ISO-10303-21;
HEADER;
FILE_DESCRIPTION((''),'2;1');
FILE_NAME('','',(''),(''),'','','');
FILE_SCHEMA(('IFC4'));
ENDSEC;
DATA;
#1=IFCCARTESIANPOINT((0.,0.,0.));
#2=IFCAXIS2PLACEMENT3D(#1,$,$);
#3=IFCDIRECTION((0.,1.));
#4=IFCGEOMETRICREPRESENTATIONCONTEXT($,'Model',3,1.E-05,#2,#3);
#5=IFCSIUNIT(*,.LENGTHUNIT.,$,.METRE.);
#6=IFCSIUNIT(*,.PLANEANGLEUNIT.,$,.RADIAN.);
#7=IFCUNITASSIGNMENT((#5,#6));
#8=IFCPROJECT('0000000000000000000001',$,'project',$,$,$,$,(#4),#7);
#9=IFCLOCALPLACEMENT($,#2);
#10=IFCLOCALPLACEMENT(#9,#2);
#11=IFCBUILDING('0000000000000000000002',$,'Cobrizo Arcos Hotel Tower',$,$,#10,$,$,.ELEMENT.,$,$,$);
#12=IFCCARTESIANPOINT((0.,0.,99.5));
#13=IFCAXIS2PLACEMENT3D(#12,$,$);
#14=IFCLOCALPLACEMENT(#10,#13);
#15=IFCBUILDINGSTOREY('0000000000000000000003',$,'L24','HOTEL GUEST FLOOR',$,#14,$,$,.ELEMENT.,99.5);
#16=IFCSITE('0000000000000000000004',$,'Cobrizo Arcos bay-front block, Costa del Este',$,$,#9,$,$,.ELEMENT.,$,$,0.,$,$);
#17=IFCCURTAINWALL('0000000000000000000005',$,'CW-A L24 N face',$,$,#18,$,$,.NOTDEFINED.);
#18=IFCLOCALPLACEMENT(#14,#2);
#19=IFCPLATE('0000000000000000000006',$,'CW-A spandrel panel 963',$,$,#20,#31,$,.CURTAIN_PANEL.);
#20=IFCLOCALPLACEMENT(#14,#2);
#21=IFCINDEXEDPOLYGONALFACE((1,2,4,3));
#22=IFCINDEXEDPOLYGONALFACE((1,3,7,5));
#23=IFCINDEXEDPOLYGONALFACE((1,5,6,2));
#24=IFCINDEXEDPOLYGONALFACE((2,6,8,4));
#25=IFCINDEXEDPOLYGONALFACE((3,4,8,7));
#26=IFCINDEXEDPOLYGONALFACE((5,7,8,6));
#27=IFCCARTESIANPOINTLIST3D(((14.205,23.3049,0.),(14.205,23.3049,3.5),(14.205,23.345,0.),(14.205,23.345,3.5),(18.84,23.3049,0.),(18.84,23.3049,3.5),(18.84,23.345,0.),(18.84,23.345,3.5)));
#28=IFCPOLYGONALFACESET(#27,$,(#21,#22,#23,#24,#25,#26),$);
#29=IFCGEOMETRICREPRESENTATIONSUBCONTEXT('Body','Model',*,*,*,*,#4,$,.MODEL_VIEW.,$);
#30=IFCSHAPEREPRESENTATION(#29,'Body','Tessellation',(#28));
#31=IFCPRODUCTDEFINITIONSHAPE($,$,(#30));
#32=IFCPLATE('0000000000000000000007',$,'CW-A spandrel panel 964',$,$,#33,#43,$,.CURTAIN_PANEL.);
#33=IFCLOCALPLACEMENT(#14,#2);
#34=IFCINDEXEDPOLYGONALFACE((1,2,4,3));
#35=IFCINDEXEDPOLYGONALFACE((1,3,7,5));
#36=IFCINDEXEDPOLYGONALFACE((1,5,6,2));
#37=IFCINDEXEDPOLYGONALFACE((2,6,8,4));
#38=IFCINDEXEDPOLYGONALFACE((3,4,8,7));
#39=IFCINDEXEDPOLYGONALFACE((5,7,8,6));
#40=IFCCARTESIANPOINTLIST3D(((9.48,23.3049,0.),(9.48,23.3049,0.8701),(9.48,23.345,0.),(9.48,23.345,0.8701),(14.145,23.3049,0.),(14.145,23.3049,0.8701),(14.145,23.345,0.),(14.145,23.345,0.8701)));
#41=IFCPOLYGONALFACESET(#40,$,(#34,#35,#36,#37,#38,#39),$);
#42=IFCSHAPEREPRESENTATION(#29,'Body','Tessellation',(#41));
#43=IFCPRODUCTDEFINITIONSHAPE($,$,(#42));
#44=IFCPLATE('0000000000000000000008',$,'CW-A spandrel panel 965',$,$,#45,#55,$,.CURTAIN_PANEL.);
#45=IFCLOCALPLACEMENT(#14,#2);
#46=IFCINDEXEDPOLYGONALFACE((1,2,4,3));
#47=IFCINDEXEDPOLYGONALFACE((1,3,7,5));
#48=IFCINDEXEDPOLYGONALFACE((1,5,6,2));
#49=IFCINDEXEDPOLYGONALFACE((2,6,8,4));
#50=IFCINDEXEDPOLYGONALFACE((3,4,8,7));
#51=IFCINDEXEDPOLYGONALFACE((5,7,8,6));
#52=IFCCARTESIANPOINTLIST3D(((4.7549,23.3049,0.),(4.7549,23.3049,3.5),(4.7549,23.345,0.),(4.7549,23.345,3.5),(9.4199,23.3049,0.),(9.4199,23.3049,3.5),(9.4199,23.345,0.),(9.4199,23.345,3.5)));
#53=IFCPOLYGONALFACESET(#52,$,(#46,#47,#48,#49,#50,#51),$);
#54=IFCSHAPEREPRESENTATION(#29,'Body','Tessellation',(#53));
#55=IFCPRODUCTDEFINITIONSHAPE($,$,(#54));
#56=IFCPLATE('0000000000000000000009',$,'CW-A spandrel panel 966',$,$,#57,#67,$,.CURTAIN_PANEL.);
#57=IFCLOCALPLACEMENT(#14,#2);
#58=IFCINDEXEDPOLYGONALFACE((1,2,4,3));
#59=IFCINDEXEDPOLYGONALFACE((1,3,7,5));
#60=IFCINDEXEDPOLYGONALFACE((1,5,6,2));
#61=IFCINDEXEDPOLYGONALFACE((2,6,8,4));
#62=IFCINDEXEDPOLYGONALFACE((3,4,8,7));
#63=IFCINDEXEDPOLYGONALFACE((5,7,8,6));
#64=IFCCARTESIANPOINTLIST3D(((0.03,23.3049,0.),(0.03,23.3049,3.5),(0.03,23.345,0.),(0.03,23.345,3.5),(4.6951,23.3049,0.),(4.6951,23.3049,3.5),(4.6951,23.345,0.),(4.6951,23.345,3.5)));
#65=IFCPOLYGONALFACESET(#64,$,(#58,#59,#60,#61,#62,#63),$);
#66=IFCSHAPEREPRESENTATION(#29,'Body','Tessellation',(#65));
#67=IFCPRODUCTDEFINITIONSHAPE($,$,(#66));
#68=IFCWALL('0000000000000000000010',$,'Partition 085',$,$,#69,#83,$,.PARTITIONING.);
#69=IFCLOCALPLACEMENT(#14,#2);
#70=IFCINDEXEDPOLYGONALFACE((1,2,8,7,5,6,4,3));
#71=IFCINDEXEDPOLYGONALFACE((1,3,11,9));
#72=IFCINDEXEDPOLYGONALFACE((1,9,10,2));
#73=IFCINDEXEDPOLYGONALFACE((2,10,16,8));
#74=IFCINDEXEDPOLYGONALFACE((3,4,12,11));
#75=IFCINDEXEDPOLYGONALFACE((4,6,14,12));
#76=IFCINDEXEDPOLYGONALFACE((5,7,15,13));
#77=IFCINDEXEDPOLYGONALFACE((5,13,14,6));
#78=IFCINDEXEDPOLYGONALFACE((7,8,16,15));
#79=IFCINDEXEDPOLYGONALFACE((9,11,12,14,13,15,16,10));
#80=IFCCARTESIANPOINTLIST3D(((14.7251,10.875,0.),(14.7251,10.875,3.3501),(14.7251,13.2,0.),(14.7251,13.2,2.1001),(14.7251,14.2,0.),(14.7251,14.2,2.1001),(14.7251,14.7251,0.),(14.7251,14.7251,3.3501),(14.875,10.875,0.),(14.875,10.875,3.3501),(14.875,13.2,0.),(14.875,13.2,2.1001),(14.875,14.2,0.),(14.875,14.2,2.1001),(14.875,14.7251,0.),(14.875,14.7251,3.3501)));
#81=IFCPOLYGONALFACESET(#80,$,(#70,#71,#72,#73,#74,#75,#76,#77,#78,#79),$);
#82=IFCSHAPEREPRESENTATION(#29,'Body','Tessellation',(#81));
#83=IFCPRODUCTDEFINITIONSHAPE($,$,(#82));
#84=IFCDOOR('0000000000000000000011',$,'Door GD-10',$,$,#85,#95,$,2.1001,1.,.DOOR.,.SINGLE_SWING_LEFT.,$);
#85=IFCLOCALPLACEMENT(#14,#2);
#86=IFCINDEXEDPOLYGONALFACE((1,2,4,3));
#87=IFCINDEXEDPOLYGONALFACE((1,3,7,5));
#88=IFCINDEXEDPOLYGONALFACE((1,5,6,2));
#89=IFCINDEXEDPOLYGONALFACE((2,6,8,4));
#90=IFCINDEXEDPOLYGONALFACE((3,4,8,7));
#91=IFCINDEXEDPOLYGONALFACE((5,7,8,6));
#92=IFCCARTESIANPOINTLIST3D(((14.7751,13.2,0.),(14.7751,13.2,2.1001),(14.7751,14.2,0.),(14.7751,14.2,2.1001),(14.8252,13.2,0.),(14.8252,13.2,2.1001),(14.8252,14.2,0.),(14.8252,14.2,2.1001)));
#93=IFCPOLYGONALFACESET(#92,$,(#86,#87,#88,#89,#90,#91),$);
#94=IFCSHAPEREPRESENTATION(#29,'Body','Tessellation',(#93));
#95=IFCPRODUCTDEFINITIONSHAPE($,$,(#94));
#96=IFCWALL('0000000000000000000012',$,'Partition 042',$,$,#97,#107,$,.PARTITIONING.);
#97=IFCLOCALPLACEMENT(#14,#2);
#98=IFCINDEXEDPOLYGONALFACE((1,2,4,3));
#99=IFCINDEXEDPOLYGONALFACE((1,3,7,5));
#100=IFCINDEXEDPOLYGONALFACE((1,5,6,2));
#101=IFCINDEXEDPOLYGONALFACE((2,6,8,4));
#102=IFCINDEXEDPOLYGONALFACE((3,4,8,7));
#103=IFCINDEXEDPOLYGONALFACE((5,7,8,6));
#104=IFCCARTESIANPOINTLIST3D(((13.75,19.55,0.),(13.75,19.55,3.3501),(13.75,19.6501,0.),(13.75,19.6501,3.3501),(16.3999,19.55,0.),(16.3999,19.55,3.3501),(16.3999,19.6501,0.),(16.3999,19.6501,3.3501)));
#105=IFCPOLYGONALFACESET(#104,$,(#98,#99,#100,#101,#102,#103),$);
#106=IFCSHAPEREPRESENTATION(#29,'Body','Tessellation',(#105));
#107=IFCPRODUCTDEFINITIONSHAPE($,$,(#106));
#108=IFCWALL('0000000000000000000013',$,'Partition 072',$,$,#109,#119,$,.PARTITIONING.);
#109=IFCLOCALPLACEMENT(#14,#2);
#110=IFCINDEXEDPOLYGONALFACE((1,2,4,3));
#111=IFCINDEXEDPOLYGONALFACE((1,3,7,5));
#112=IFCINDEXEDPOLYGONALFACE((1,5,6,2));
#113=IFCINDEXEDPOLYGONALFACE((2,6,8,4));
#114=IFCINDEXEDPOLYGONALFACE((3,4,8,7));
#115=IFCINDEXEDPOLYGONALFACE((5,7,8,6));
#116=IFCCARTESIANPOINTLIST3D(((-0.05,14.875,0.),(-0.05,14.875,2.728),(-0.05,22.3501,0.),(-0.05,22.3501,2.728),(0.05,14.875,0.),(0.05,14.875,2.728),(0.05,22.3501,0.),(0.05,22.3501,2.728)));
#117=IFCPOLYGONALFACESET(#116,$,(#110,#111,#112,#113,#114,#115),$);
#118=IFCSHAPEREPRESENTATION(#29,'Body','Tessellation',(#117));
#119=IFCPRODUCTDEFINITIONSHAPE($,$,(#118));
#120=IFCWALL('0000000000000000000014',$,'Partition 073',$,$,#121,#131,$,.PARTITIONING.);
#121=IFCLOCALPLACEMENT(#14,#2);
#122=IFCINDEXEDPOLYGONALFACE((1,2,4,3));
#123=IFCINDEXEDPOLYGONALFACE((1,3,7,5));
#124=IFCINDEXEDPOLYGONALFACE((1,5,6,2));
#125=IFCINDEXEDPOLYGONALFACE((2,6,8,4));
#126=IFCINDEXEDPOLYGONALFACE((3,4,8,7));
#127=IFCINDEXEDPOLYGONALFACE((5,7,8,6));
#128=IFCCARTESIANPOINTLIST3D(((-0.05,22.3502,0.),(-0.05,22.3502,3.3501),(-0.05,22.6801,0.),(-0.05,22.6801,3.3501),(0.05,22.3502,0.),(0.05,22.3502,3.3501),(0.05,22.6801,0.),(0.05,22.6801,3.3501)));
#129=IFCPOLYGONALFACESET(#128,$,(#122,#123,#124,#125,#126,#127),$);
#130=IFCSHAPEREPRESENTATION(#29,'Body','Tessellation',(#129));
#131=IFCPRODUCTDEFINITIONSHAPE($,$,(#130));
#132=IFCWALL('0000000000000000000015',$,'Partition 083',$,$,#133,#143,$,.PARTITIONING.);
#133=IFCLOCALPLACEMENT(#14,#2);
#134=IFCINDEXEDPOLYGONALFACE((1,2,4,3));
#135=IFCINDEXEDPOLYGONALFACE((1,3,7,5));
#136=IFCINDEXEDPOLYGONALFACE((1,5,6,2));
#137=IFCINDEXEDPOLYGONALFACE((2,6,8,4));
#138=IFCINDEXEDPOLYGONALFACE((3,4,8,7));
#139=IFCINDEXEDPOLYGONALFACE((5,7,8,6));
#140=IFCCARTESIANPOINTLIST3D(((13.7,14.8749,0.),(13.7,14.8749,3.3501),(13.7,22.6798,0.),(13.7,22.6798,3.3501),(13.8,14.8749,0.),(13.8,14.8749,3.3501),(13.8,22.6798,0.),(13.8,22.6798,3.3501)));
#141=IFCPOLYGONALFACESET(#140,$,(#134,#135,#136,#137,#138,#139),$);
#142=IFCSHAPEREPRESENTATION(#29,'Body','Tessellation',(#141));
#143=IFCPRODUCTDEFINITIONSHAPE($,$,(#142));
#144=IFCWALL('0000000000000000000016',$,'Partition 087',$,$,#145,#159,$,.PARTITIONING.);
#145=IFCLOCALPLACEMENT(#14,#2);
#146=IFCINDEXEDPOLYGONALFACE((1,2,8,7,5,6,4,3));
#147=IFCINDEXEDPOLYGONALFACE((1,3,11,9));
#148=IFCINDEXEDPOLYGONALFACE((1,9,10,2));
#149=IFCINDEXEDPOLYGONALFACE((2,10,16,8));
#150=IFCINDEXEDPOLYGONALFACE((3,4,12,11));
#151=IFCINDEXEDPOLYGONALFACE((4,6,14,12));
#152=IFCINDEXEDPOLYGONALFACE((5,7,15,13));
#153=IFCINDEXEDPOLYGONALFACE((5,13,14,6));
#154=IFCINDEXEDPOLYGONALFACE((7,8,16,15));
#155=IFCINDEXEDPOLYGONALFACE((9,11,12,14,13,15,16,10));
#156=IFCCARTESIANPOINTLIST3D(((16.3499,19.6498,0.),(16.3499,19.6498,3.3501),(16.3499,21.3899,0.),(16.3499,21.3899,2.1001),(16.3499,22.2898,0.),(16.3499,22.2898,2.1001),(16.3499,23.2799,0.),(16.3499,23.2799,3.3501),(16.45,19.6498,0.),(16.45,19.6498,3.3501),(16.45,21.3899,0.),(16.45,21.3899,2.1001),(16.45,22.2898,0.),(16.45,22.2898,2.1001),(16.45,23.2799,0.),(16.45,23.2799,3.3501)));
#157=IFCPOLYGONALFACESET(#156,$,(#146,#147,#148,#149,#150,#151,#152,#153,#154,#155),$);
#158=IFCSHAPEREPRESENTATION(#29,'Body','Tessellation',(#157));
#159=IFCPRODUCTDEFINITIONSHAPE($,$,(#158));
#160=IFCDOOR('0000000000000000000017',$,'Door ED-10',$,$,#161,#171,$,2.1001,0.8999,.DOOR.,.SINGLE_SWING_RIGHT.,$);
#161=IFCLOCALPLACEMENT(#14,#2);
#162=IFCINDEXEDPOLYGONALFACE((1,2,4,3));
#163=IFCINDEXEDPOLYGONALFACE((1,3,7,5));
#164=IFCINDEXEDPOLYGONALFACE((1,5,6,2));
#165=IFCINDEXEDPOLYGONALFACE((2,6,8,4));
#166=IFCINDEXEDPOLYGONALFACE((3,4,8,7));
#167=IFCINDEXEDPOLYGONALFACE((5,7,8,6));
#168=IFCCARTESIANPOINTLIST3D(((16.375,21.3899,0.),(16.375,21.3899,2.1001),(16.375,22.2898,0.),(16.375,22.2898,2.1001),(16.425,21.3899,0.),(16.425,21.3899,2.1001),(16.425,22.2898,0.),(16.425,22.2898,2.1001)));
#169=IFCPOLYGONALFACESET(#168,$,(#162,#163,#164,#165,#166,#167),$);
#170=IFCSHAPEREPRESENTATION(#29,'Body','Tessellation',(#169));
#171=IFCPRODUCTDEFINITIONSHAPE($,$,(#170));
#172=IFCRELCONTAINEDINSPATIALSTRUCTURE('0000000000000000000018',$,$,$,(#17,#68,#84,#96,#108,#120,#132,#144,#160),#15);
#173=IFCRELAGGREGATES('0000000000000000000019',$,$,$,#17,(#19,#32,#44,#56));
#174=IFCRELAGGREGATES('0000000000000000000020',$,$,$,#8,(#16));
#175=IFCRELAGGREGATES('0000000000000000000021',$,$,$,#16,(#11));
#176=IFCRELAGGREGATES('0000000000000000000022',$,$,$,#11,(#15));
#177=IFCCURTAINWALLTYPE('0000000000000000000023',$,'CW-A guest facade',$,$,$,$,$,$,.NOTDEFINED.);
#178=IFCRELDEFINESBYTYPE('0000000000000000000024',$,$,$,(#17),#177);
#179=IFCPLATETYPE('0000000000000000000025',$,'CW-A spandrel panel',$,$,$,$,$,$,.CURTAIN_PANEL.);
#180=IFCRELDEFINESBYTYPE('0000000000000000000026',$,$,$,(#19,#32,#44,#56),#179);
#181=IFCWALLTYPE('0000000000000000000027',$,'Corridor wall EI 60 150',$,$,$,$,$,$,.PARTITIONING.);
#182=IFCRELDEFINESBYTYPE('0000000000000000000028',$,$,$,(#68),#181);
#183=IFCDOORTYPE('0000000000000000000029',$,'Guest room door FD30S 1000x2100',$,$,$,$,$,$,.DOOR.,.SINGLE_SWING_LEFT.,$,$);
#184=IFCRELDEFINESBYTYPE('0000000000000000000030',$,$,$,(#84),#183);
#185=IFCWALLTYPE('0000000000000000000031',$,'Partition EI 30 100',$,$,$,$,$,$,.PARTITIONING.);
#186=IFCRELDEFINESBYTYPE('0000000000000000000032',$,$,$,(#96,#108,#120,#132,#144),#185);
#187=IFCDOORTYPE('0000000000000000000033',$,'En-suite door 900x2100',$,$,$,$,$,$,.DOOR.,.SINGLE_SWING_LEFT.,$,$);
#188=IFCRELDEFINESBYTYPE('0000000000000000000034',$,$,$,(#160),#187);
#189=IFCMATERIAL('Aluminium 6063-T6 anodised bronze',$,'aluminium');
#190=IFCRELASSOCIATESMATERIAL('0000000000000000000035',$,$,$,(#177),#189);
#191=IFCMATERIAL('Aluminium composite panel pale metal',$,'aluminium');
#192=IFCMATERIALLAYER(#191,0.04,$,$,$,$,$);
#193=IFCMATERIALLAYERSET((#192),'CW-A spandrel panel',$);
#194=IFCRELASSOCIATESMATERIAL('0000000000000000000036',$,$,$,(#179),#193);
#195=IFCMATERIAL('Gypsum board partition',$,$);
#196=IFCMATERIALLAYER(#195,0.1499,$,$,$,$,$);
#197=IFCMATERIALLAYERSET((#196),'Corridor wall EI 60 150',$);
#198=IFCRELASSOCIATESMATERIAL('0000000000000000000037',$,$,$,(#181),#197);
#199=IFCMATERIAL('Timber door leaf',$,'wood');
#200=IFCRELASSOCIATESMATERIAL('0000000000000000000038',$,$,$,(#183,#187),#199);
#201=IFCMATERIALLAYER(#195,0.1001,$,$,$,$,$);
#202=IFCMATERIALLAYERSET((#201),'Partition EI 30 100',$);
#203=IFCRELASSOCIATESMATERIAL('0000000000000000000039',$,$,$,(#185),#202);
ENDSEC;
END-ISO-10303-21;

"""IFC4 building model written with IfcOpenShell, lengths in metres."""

from ifc_helpers import new_model, si_unit, direction, frame, frame_2d, origin, origin_2d, place, context, subcontext, project, spatial, rectangle, extrude, material, layer, layer_set, type_object, element, fill, aggregate, save


model = new_model("IFC4")

# Units and contexts
model_context = context("Model", 3, precision=1e-05, world=origin(), true_north=direction((0.0, 1.0)))
body_context = subcontext(model_context, "Body", "Model", "MODEL_VIEW")
ifc_project = project(units=[si_unit("LENGTHUNIT", "METRE"), si_unit("PLANEANGLEUNIT", "RADIAN")], contexts=[model_context])

# Site, building, storey
site_placement = place(None, origin())
site = spatial("IfcSite", under=ifc_project, at=site_placement, Name="Cobrizo Arcos bay-front block, Costa del Este", CompositionType="ELEMENT", RefElevation=0.0)
building_placement = place(site_placement, origin())
building = spatial("IfcBuilding", under=site, at=building_placement, Name="Cobrizo Arcos Hotel Tower", CompositionType="ELEMENT")
storey_placement = place(building_placement, frame((0.0, 0.0, 99.5)))
storey = spatial("IfcBuildingStorey", under=building, at=storey_placement, Name="L24", Description="HOTEL GUEST FLOOR", CompositionType="ELEMENT", Elevation=99.5)

# Curtain wall
ifc_material_1 = material(Name="Aluminium 6063-T6 anodised bronze", Category="aluminium")
curtain_wall_type = type_object("IfcCurtainWallType", Name="CW-A guest facade", PredefinedType="NOTDEFINED", material=ifc_material_1)
curtain_wall_placement = place(storey_placement, origin())
curtain_wall = element("IfcCurtainWall", 1, at=curtain_wall_placement, inside=storey, type_object=curtain_wall_type, Name="CW-A L24 N face", PredefinedType="NOTDEFINED")

# Plates
ifc_material_2 = material(Name="Aluminium composite panel pale metal", Category="aluminium")
ifc_layer_1 = layer(ifc_material_2, 0.04)
ifc_layer_set_1 = layer_set([ifc_layer_1], Name="CW-A spandrel panel")
plate_type_1 = type_object("IfcPlateType", Name="CW-A spandrel panel", PredefinedType="CURTAIN_PANEL", material=ifc_layer_set_1)
plate_1_placement = place(storey_placement, frame((16.5225, 23.325, 0.0), z_axis=(0.0, 0.0, 1.0), x_axis=(-1.0, 0.0, 0.0)))
plate_1 = element("IfcPlate", 2, at=plate_1_placement, type_object=plate_type_1, Name="CW-A spandrel panel 963", PredefinedType="CURTAIN_PANEL", context=body_context, shape_type="SweptSolid", body=[
    extrude(rectangle(XDim=4.635, YDim=0.04, at=origin_2d()), origin(), (0.0, 0.0, 1.0), 3.5),
])
plate_2_placement = place(storey_placement, frame((11.8125, 23.325, 0.0), z_axis=(0.0, 0.0, 1.0), x_axis=(-1.0, 0.0, 0.0)))
plate_2 = element("IfcPlate", 3, at=plate_2_placement, type_object=plate_type_1, Name="CW-A spandrel panel 964", PredefinedType="CURTAIN_PANEL", context=body_context, shape_type="SweptSolid", body=[
    extrude(rectangle(XDim=4.665, YDim=0.04, at=origin_2d()), origin(), (0.0, 0.0, 1.0), 0.8701),
])
plate_3_placement = place(storey_placement, frame((7.0874, 23.325, 0.0), z_axis=(0.0, 0.0, 1.0), x_axis=(-1.0, 0.0, 0.0)))
plate_3 = element("IfcPlate", 4, at=plate_3_placement, type_object=plate_type_1, Name="CW-A spandrel panel 965", PredefinedType="CURTAIN_PANEL", context=body_context, shape_type="SweptSolid", body=[
    extrude(rectangle(XDim=4.665, YDim=0.04, at=origin_2d()), origin(), (0.0, 0.0, 1.0), 3.5),
])
plate_4_placement = place(storey_placement, frame((2.3625, 23.325, 0.0), z_axis=(0.0, 0.0, 1.0), x_axis=(-1.0, 0.0, 0.0)))
plate_4 = element("IfcPlate", 5, at=plate_4_placement, type_object=plate_type_1, Name="CW-A spandrel panel 966", PredefinedType="CURTAIN_PANEL", context=body_context, shape_type="SweptSolid", body=[
    extrude(rectangle(XDim=4.665, YDim=0.04, at=origin_2d()), origin(), (0.0, 0.0, 1.0), 3.5),
])
aggregate(curtain_wall, [plate_1, plate_2, plate_3, plate_4])

# Wall, opening, door
ifc_material_3 = material(Name="Gypsum board partition")
ifc_layer_2 = layer(ifc_material_3, 0.1499)
ifc_layer_set_2 = layer_set([ifc_layer_2], Name="Corridor wall EI 60 150")
wall_type_1 = type_object("IfcWallType", Name="Corridor wall EI 60 150", PredefinedType="PARTITIONING", material=ifc_layer_set_2)
wall_1_placement = place(storey_placement, frame((14.8, 10.875, 0.0), z_axis=(0.0, 0.0, 1.0), x_axis=(0.0, 1.0, 0.0)))
wall_1 = element("IfcWall", 6, at=wall_1_placement, inside=storey, type_object=wall_type_1, Name="Partition 085", PredefinedType="PARTITIONING", context=body_context, shape_type="SweptSolid", body=[
    extrude(rectangle(XDim=3.8501, YDim=0.1499, at=frame_2d((1.925, 0.0))), origin(), (0.0, 0.0, 1.0), 3.3501),
])
opening_1_placement = place(wall_1_placement, frame((2.325, 0.0, 0.0)))
opening_1 = element("IfcOpeningElement", 7, at=opening_1_placement, cuts=wall_1, PredefinedType="OPENING", context=body_context, shape_type="SweptSolid", body=[
    extrude(rectangle(XDim=1.0, YDim=2.1001, at=frame_2d((0.5, 1.05))), frame((0.0, 0.0869, 0.0), z_axis=(0.0, -1.0, 0.0), x_axis=(1.0, 0.0, 0.0)), (0.0, 0.0, 1.0), 0.1738),
])
ifc_material_4 = material(Name="Timber door leaf", Category="wood")
door_type_1 = type_object("IfcDoorType", Name="Guest room door FD30S 1000x2100", OperationType="SINGLE_SWING_LEFT", PredefinedType="DOOR", material=ifc_material_4)
door_1_placement = place(opening_1_placement, origin())
door_1 = element("IfcDoor", 8, at=door_1_placement, inside=storey, type_object=door_type_1, Name="Door GD-10", OperationType="SINGLE_SWING_LEFT", OverallHeight=2.1001, OverallWidth=1.0, PredefinedType="DOOR", context=body_context, shape_type="SweptSolid", body=[
    extrude(rectangle(XDim=1.0, YDim=2.1001, at=frame_2d((0.5, 1.05))), frame((0.0, 0.0249, 0.0), z_axis=(0.0, -1.0, 0.0), x_axis=(1.0, 0.0, 0.0)), (0.0, 0.0, 1.0), 0.05),
])
fill(opening_1, door_1)

# Walls
ifc_layer_3 = layer(ifc_material_3, 0.1001)
ifc_layer_set_3 = layer_set([ifc_layer_3], Name="Partition EI 30 100")
wall_type_2 = type_object("IfcWallType", Name="Partition EI 30 100", PredefinedType="PARTITIONING", material=ifc_layer_set_3)
wall_2_placement = place(storey_placement, frame((13.75, 19.6001, 0.0), z_axis=(0.0, 0.0, 1.0), x_axis=(1.0, 0.0, 0.0)))
element("IfcWall", 9, at=wall_2_placement, inside=storey, type_object=wall_type_2, Name="Partition 042", PredefinedType="PARTITIONING", context=body_context, shape_type="SweptSolid", body=[
    extrude(rectangle(XDim=2.6499, YDim=0.1001, at=frame_2d((1.325, 0.0))), origin(), (0.0, 0.0, 1.0), 3.3501),
])
wall_3_placement = place(storey_placement, frame((0.0, 14.875, 0.0), z_axis=(0.0, 0.0, 1.0), x_axis=(0.0, 1.0, 0.0)))
element("IfcWall", 10, at=wall_3_placement, inside=storey, type_object=wall_type_2, Name="Partition 072", PredefinedType="PARTITIONING", context=body_context, shape_type="SweptSolid", body=[
    extrude(rectangle(XDim=7.4751, YDim=0.1001, at=frame_2d((3.7375, 0.0))), origin(), (0.0, 0.0, 1.0), 2.728),
])
wall_4_placement = place(storey_placement, frame((0.0, 22.3501, 0.0), z_axis=(0.0, 0.0, 1.0), x_axis=(0.0, 1.0, 0.0)))
element("IfcWall", 11, at=wall_4_placement, inside=storey, type_object=wall_type_2, Name="Partition 073", PredefinedType="PARTITIONING", context=body_context, shape_type="SweptSolid", body=[
    extrude(rectangle(XDim=0.3298, YDim=0.1001, at=frame_2d((0.165, 0.0))), origin(), (0.0, 0.0, 1.0), 3.3501),
])
wall_5_placement = place(storey_placement, frame((13.75, 14.875, 0.0), z_axis=(0.0, 0.0, 1.0), x_axis=(0.0, 1.0, 0.0)))
element("IfcWall", 12, at=wall_5_placement, inside=storey, type_object=wall_type_2, Name="Partition 083", PredefinedType="PARTITIONING", context=body_context, shape_type="SweptSolid", body=[
    extrude(rectangle(XDim=7.8049, YDim=0.1001, at=frame_2d((3.9023, 0.0))), origin(), (0.0, 0.0, 1.0), 3.3501),
])

# Wall, opening, door
wall_6_placement = place(storey_placement, frame((16.3999, 19.6499, 0.0), z_axis=(0.0, 0.0, 1.0), x_axis=(0.0, 1.0, 0.0)))
wall_6 = element("IfcWall", 13, at=wall_6_placement, inside=storey, type_object=wall_type_2, Name="Partition 087", PredefinedType="PARTITIONING", context=body_context, shape_type="SweptSolid", body=[
    extrude(rectangle(XDim=3.6301, YDim=0.1001, at=frame_2d((1.8149, 0.0))), origin(), (0.0, 0.0, 1.0), 3.3501),
])
opening_2_placement = place(wall_6_placement, frame((1.74, 0.0, 0.0)))
opening_2 = element("IfcOpeningElement", 14, at=opening_2_placement, cuts=wall_6, PredefinedType="OPENING", context=body_context, shape_type="SweptSolid", body=[
    extrude(rectangle(XDim=0.8999, YDim=2.1001, at=frame_2d((0.45, 1.05))), frame((0.0, 0.062, 0.0), z_axis=(0.0, -1.0, 0.0), x_axis=(1.0, 0.0, 0.0)), (0.0, 0.0, 1.0), 0.124),
])
door_type_2 = type_object("IfcDoorType", Name="En-suite door 900x2100", OperationType="SINGLE_SWING_LEFT", PredefinedType="DOOR", material=ifc_material_4)
door_2_placement = place(opening_2_placement, origin())
door_2 = element("IfcDoor", 15, at=door_2_placement, inside=storey, type_object=door_type_2, Name="Door ED-10", OperationType="SINGLE_SWING_RIGHT", OverallHeight=2.1001, OverallWidth=0.8999, PredefinedType="DOOR", context=body_context, shape_type="SweptSolid", body=[
    extrude(rectangle(XDim=0.8999, YDim=2.1001, at=frame_2d((0.45, 1.05))), frame((0.0, 0.0249, 0.0), z_axis=(0.0, -1.0, 0.0), x_axis=(1.0, 0.0, 0.0)), (0.0, 0.0, 1.0), 0.05),
])
fill(opening_2, door_2)

save(model, "model.ifc")
